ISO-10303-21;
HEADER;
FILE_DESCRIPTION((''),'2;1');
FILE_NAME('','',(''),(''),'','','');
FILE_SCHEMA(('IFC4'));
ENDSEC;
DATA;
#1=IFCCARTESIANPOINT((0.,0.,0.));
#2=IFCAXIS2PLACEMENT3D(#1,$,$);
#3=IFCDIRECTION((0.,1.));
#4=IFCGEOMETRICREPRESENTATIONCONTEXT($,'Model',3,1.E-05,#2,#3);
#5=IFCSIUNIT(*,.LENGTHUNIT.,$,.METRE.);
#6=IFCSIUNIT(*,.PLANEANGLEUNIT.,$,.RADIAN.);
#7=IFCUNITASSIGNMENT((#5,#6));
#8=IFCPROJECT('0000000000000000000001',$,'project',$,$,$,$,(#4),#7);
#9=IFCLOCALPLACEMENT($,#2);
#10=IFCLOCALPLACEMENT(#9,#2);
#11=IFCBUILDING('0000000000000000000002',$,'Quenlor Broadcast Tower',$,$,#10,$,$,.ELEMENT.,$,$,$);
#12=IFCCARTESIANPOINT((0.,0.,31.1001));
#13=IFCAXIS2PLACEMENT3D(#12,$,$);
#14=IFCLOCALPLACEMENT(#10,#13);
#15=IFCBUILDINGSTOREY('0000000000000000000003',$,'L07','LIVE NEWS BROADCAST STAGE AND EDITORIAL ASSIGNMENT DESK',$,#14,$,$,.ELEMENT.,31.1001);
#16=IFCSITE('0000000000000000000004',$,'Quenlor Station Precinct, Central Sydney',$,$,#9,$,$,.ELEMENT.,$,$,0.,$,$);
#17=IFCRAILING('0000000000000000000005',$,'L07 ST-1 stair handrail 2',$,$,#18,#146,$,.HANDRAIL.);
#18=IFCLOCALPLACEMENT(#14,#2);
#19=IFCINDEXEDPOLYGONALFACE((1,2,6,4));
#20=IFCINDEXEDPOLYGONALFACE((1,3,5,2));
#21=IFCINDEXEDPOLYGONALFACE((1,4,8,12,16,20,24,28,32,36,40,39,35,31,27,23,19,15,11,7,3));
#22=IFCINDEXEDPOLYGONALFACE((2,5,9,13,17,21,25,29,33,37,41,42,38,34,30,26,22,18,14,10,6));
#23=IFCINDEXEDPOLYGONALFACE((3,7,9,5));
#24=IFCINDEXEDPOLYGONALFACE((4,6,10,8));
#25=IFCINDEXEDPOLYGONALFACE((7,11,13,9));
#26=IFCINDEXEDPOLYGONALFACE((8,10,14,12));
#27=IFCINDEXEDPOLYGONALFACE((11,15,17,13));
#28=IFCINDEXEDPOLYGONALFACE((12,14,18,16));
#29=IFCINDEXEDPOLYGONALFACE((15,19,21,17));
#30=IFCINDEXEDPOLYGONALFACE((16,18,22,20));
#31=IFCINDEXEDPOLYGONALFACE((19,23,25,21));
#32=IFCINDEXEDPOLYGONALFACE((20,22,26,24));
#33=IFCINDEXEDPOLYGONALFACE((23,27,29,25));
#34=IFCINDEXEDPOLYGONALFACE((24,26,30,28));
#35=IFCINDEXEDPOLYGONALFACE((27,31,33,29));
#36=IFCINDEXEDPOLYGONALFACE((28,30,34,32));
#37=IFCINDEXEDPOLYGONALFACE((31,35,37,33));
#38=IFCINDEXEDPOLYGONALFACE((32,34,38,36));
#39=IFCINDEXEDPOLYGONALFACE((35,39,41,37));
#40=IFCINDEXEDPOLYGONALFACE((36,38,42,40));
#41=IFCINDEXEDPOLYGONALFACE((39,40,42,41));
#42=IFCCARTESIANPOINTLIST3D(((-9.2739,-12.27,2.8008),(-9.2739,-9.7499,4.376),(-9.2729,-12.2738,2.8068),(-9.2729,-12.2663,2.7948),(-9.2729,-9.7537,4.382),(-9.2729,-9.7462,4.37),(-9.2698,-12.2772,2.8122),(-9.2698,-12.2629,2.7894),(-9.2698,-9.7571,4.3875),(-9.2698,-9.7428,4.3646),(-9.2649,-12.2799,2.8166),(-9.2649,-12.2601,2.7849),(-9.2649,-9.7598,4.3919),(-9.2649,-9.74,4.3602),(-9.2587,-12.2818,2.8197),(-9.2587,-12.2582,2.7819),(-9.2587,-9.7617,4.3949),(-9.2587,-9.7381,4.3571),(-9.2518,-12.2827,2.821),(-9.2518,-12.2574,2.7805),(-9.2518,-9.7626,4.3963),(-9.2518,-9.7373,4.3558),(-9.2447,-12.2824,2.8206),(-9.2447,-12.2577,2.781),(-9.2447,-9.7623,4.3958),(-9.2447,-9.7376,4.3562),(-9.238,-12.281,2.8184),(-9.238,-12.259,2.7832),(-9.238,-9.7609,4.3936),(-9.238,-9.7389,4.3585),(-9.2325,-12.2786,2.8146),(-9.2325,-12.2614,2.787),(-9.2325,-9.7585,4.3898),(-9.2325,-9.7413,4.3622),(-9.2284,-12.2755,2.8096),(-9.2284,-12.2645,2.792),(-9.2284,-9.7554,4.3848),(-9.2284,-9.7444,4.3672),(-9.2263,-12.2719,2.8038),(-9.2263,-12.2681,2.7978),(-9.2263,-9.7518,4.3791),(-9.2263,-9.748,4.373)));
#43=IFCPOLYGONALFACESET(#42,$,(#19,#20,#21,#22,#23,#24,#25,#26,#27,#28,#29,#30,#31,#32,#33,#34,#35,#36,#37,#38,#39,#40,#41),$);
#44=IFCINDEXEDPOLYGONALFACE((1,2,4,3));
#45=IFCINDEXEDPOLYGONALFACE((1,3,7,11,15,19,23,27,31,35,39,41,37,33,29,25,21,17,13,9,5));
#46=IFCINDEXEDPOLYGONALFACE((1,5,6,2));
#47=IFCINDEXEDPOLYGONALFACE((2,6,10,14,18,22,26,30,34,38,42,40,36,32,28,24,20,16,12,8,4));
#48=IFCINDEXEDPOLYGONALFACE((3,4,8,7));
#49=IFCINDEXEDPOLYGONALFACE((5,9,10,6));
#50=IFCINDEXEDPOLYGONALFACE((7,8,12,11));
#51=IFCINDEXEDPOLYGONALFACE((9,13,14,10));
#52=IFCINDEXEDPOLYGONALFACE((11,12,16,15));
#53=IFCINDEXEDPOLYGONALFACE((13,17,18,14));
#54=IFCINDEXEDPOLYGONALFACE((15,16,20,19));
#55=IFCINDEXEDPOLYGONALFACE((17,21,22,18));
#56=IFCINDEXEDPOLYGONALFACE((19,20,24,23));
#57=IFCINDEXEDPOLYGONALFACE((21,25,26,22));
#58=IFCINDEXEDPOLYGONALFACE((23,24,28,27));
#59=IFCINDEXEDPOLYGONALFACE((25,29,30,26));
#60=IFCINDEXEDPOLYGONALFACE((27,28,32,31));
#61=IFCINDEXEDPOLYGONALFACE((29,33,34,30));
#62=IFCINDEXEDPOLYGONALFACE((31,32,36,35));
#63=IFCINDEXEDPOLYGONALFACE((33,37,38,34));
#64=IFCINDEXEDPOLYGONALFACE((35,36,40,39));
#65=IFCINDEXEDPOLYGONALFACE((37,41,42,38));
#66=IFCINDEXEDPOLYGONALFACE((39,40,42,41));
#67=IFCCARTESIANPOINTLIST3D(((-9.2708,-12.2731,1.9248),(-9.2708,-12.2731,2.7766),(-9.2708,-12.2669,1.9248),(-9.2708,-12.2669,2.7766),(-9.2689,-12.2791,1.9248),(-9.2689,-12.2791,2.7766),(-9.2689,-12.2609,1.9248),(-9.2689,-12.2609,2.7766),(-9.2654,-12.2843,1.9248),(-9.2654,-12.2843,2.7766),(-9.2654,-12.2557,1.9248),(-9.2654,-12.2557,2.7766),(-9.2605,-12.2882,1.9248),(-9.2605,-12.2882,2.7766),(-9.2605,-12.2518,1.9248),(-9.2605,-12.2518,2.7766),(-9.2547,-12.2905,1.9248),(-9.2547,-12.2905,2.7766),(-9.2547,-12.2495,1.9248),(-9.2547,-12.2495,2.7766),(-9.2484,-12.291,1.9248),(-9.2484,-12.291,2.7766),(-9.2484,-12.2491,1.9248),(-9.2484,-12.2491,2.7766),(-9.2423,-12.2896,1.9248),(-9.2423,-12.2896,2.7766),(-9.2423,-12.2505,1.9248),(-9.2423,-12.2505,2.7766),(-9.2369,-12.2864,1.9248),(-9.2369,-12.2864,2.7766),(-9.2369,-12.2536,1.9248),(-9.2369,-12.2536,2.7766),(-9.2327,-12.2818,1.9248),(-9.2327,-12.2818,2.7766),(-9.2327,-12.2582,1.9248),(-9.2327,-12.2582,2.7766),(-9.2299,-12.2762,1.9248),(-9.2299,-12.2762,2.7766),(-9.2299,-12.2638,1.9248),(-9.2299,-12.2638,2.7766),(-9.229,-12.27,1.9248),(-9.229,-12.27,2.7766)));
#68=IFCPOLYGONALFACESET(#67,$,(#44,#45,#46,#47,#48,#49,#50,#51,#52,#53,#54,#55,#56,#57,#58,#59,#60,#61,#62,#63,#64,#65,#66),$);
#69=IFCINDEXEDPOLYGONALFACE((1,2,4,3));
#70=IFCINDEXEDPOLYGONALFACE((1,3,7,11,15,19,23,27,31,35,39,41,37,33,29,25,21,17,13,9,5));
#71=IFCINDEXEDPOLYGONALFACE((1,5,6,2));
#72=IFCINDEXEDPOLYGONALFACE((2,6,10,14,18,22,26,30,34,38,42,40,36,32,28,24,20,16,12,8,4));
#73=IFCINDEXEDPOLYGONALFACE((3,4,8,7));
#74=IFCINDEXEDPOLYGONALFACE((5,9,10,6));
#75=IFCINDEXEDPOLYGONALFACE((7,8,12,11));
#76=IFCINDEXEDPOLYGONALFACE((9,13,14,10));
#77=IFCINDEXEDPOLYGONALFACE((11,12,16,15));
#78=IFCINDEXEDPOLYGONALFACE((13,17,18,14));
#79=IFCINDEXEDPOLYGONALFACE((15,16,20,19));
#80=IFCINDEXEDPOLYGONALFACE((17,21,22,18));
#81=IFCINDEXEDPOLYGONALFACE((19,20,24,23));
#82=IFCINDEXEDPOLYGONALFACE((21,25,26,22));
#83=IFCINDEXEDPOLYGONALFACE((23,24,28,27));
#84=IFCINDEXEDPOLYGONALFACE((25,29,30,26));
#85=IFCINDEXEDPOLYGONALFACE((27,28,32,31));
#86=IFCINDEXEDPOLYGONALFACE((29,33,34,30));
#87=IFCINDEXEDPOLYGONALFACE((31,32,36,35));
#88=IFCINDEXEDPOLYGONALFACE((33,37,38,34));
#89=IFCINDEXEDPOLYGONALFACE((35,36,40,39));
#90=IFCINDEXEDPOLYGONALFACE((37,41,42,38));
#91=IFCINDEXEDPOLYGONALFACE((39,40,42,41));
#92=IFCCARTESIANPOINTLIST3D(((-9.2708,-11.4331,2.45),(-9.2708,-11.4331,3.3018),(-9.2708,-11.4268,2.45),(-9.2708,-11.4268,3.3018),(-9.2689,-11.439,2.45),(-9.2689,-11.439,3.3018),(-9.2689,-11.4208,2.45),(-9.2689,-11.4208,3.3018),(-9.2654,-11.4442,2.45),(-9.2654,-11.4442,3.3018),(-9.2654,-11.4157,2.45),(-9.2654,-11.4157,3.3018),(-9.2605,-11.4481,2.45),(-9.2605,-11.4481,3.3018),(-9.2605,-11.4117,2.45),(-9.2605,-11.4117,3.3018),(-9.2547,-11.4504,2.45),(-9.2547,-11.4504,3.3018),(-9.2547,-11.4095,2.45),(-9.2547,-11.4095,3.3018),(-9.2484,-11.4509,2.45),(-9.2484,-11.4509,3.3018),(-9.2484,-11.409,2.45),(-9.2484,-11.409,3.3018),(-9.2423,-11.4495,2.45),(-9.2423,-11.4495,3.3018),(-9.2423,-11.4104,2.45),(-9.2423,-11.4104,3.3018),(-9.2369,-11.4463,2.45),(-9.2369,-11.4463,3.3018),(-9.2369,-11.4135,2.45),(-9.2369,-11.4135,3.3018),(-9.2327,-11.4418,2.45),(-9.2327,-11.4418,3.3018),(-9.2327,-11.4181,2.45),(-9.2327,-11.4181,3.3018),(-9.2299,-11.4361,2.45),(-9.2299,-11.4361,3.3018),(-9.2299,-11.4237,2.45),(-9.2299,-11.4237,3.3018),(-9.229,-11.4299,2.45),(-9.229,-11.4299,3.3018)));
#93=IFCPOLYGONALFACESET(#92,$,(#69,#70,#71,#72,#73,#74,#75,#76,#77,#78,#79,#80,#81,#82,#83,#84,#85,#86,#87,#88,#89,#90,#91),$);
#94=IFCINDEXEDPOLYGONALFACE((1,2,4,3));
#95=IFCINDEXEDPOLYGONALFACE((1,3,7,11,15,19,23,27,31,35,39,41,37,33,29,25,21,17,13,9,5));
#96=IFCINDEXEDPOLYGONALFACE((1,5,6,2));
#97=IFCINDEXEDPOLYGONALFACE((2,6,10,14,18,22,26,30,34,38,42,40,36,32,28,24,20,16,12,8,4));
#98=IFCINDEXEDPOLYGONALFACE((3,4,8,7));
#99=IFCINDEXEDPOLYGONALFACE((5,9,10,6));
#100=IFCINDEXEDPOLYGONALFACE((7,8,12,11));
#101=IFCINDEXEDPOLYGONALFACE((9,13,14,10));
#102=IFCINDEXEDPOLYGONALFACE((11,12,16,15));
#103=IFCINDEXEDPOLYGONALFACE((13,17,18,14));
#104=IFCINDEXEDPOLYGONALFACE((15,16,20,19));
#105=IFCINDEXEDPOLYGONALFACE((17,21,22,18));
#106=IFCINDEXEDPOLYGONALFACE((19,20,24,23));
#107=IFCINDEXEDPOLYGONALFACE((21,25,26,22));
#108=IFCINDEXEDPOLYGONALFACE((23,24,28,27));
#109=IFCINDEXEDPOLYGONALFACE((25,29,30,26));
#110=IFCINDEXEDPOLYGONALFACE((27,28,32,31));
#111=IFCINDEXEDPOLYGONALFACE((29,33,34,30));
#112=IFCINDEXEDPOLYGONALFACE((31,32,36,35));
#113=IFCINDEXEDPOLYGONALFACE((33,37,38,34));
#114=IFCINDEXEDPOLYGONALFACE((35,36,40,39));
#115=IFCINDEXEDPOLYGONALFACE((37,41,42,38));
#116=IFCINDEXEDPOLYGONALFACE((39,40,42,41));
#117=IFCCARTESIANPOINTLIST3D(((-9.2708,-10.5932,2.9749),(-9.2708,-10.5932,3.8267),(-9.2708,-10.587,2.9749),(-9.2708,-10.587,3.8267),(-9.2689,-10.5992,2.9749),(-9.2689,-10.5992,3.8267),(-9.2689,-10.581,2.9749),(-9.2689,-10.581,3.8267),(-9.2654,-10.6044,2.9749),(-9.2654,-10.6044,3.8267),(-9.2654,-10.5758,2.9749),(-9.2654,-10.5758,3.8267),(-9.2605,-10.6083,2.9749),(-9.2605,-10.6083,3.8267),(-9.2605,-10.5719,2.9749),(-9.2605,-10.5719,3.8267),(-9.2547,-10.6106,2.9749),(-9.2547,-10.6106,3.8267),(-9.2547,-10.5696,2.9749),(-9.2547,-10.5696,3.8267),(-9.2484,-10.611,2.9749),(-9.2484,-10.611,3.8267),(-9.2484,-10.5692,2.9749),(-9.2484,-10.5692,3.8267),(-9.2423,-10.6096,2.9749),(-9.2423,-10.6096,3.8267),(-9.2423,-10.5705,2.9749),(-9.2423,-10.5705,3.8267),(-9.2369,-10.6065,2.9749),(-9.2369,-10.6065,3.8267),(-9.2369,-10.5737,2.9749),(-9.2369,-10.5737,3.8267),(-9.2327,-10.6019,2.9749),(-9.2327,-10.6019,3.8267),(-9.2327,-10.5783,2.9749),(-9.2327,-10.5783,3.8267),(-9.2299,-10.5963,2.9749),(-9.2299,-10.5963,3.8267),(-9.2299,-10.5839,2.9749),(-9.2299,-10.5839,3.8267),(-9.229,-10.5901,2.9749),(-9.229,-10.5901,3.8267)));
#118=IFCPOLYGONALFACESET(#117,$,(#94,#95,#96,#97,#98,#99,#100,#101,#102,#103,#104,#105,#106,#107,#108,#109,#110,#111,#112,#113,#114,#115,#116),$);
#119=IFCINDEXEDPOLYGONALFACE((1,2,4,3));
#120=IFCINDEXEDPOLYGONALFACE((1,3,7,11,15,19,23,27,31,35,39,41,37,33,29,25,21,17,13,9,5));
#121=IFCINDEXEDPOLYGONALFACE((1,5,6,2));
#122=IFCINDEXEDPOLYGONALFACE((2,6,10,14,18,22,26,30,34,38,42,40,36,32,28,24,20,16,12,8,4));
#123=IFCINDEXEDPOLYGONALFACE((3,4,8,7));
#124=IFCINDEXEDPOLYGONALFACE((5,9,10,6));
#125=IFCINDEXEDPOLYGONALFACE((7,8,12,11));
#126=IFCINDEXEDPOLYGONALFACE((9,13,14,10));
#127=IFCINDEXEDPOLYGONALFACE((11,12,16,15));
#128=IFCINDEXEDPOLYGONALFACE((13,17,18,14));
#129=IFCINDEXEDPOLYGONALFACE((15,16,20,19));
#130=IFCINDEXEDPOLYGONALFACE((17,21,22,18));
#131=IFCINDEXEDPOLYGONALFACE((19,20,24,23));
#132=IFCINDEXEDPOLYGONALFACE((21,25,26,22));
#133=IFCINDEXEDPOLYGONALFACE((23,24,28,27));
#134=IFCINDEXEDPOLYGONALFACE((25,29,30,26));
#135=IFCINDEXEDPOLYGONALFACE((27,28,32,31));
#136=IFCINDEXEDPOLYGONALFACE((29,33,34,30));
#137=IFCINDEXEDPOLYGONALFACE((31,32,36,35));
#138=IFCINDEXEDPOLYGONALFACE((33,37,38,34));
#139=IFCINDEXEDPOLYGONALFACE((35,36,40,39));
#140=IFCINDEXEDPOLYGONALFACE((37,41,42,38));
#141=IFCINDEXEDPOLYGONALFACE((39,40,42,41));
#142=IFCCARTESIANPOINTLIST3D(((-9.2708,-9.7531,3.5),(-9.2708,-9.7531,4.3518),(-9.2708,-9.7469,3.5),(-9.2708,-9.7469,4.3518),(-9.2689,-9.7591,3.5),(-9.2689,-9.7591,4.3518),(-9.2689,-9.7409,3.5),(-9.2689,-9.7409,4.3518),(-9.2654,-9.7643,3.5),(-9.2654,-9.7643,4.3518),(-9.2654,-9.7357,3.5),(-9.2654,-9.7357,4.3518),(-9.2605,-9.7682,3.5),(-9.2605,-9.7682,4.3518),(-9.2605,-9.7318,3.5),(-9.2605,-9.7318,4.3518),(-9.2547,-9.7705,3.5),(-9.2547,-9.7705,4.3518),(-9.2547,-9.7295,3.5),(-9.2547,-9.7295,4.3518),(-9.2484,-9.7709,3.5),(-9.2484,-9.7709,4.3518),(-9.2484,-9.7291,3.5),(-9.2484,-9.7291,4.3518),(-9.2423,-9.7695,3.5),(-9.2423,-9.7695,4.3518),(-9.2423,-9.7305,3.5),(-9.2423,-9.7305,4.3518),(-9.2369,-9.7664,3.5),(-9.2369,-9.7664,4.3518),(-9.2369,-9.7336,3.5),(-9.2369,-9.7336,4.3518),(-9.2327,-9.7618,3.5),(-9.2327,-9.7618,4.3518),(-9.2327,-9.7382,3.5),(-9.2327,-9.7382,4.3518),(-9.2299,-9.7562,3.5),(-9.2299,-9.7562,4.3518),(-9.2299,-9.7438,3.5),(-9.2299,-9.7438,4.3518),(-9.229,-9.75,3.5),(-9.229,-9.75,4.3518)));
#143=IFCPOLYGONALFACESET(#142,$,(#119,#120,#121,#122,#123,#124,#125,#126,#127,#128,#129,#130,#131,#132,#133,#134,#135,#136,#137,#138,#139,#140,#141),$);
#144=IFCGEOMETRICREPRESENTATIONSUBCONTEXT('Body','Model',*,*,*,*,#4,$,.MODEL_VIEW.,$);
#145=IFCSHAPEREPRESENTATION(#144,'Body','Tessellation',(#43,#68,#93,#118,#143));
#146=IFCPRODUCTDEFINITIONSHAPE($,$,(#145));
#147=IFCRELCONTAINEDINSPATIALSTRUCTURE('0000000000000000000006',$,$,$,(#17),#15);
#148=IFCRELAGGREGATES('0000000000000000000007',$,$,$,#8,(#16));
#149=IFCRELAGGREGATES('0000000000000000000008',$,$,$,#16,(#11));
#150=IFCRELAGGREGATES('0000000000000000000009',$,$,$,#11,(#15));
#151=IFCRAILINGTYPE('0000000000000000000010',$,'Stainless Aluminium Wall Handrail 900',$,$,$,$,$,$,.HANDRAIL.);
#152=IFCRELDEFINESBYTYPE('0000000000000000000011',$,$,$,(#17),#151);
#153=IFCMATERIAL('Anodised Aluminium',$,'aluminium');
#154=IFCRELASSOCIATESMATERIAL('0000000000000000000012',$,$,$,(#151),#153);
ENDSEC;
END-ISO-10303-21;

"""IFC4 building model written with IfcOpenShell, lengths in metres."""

from ifc_helpers import new_model, si_unit, direction, frame, origin, origin_2d, place, context, subcontext, project, spatial, circle, extrude, material, type_object, element, save


model = new_model("IFC4")

# Units and contexts
model_context = context("Model", 3, precision=1e-05, world=origin(), true_north=direction((0.0, 1.0)))
body_context = subcontext(model_context, "Body", "Model", "MODEL_VIEW")
ifc_project = project(units=[si_unit("LENGTHUNIT", "METRE"), si_unit("PLANEANGLEUNIT", "RADIAN")], contexts=[model_context])

# Site, building, storey
site_placement = place(None, origin())
site = spatial("IfcSite", under=ifc_project, at=site_placement, Name="Quenlor Station Precinct, Central Sydney", CompositionType="ELEMENT", RefElevation=0.0)
building_placement = place(site_placement, origin())
building = spatial("IfcBuilding", under=site, at=building_placement, Name="Quenlor Broadcast Tower", CompositionType="ELEMENT")
storey_placement = place(building_placement, frame((0.0, 0.0, 31.1001)))
storey = spatial("IfcBuildingStorey", under=building, at=storey_placement, Name="L07", Description="LIVE NEWS BROADCAST STAGE AND EDITORIAL ASSIGNMENT DESK", CompositionType="ELEMENT", Elevation=31.1001)

# Railing
ifc_material_1 = material(Name="Anodised Aluminium", Category="aluminium")
railing_type = type_object("IfcRailingType", Name="Stainless Aluminium Wall Handrail 900", PredefinedType="HANDRAIL", material=ifc_material_1)
railing_placement = place(storey_placement, frame((-9.25, -12.27, 1.9248)))
element("IfcRailing", 1, at=railing_placement, inside=storey, type_object=railing_type, Name="L07 ST-1 stair handrail 2", PredefinedType="HANDRAIL", context=body_context, shape_type="SweptSolid", body=[
    extrude(circle(Radius=0.0239, at=origin_2d()), frame((0.0, 0.0, 0.876), z_axis=(0.0, 0.847971, 0.530043), x_axis=(-1.0, 0.0, 0.0)), (0.0, 0.0, 1.0), 2.9719),
    extrude(circle(Radius=0.021, at=origin_2d()), origin(), (0.0, 0.0, 1.0), 0.8518),
    extrude(circle(Radius=0.021, at=origin_2d()), frame((0.0, 0.8401, 0.5251)), (0.0, 0.0, 1.0), 0.8518),
    extrude(circle(Radius=0.021, at=origin_2d()), frame((0.0, 1.6799, 1.05)), (0.0, 0.0, 1.0), 0.8518),
    extrude(circle(Radius=0.021, at=origin_2d()), frame((0.0, 2.52, 1.5752)), (0.0, 0.0, 1.0), 0.8518),
])

save(model, "model.ifc")
